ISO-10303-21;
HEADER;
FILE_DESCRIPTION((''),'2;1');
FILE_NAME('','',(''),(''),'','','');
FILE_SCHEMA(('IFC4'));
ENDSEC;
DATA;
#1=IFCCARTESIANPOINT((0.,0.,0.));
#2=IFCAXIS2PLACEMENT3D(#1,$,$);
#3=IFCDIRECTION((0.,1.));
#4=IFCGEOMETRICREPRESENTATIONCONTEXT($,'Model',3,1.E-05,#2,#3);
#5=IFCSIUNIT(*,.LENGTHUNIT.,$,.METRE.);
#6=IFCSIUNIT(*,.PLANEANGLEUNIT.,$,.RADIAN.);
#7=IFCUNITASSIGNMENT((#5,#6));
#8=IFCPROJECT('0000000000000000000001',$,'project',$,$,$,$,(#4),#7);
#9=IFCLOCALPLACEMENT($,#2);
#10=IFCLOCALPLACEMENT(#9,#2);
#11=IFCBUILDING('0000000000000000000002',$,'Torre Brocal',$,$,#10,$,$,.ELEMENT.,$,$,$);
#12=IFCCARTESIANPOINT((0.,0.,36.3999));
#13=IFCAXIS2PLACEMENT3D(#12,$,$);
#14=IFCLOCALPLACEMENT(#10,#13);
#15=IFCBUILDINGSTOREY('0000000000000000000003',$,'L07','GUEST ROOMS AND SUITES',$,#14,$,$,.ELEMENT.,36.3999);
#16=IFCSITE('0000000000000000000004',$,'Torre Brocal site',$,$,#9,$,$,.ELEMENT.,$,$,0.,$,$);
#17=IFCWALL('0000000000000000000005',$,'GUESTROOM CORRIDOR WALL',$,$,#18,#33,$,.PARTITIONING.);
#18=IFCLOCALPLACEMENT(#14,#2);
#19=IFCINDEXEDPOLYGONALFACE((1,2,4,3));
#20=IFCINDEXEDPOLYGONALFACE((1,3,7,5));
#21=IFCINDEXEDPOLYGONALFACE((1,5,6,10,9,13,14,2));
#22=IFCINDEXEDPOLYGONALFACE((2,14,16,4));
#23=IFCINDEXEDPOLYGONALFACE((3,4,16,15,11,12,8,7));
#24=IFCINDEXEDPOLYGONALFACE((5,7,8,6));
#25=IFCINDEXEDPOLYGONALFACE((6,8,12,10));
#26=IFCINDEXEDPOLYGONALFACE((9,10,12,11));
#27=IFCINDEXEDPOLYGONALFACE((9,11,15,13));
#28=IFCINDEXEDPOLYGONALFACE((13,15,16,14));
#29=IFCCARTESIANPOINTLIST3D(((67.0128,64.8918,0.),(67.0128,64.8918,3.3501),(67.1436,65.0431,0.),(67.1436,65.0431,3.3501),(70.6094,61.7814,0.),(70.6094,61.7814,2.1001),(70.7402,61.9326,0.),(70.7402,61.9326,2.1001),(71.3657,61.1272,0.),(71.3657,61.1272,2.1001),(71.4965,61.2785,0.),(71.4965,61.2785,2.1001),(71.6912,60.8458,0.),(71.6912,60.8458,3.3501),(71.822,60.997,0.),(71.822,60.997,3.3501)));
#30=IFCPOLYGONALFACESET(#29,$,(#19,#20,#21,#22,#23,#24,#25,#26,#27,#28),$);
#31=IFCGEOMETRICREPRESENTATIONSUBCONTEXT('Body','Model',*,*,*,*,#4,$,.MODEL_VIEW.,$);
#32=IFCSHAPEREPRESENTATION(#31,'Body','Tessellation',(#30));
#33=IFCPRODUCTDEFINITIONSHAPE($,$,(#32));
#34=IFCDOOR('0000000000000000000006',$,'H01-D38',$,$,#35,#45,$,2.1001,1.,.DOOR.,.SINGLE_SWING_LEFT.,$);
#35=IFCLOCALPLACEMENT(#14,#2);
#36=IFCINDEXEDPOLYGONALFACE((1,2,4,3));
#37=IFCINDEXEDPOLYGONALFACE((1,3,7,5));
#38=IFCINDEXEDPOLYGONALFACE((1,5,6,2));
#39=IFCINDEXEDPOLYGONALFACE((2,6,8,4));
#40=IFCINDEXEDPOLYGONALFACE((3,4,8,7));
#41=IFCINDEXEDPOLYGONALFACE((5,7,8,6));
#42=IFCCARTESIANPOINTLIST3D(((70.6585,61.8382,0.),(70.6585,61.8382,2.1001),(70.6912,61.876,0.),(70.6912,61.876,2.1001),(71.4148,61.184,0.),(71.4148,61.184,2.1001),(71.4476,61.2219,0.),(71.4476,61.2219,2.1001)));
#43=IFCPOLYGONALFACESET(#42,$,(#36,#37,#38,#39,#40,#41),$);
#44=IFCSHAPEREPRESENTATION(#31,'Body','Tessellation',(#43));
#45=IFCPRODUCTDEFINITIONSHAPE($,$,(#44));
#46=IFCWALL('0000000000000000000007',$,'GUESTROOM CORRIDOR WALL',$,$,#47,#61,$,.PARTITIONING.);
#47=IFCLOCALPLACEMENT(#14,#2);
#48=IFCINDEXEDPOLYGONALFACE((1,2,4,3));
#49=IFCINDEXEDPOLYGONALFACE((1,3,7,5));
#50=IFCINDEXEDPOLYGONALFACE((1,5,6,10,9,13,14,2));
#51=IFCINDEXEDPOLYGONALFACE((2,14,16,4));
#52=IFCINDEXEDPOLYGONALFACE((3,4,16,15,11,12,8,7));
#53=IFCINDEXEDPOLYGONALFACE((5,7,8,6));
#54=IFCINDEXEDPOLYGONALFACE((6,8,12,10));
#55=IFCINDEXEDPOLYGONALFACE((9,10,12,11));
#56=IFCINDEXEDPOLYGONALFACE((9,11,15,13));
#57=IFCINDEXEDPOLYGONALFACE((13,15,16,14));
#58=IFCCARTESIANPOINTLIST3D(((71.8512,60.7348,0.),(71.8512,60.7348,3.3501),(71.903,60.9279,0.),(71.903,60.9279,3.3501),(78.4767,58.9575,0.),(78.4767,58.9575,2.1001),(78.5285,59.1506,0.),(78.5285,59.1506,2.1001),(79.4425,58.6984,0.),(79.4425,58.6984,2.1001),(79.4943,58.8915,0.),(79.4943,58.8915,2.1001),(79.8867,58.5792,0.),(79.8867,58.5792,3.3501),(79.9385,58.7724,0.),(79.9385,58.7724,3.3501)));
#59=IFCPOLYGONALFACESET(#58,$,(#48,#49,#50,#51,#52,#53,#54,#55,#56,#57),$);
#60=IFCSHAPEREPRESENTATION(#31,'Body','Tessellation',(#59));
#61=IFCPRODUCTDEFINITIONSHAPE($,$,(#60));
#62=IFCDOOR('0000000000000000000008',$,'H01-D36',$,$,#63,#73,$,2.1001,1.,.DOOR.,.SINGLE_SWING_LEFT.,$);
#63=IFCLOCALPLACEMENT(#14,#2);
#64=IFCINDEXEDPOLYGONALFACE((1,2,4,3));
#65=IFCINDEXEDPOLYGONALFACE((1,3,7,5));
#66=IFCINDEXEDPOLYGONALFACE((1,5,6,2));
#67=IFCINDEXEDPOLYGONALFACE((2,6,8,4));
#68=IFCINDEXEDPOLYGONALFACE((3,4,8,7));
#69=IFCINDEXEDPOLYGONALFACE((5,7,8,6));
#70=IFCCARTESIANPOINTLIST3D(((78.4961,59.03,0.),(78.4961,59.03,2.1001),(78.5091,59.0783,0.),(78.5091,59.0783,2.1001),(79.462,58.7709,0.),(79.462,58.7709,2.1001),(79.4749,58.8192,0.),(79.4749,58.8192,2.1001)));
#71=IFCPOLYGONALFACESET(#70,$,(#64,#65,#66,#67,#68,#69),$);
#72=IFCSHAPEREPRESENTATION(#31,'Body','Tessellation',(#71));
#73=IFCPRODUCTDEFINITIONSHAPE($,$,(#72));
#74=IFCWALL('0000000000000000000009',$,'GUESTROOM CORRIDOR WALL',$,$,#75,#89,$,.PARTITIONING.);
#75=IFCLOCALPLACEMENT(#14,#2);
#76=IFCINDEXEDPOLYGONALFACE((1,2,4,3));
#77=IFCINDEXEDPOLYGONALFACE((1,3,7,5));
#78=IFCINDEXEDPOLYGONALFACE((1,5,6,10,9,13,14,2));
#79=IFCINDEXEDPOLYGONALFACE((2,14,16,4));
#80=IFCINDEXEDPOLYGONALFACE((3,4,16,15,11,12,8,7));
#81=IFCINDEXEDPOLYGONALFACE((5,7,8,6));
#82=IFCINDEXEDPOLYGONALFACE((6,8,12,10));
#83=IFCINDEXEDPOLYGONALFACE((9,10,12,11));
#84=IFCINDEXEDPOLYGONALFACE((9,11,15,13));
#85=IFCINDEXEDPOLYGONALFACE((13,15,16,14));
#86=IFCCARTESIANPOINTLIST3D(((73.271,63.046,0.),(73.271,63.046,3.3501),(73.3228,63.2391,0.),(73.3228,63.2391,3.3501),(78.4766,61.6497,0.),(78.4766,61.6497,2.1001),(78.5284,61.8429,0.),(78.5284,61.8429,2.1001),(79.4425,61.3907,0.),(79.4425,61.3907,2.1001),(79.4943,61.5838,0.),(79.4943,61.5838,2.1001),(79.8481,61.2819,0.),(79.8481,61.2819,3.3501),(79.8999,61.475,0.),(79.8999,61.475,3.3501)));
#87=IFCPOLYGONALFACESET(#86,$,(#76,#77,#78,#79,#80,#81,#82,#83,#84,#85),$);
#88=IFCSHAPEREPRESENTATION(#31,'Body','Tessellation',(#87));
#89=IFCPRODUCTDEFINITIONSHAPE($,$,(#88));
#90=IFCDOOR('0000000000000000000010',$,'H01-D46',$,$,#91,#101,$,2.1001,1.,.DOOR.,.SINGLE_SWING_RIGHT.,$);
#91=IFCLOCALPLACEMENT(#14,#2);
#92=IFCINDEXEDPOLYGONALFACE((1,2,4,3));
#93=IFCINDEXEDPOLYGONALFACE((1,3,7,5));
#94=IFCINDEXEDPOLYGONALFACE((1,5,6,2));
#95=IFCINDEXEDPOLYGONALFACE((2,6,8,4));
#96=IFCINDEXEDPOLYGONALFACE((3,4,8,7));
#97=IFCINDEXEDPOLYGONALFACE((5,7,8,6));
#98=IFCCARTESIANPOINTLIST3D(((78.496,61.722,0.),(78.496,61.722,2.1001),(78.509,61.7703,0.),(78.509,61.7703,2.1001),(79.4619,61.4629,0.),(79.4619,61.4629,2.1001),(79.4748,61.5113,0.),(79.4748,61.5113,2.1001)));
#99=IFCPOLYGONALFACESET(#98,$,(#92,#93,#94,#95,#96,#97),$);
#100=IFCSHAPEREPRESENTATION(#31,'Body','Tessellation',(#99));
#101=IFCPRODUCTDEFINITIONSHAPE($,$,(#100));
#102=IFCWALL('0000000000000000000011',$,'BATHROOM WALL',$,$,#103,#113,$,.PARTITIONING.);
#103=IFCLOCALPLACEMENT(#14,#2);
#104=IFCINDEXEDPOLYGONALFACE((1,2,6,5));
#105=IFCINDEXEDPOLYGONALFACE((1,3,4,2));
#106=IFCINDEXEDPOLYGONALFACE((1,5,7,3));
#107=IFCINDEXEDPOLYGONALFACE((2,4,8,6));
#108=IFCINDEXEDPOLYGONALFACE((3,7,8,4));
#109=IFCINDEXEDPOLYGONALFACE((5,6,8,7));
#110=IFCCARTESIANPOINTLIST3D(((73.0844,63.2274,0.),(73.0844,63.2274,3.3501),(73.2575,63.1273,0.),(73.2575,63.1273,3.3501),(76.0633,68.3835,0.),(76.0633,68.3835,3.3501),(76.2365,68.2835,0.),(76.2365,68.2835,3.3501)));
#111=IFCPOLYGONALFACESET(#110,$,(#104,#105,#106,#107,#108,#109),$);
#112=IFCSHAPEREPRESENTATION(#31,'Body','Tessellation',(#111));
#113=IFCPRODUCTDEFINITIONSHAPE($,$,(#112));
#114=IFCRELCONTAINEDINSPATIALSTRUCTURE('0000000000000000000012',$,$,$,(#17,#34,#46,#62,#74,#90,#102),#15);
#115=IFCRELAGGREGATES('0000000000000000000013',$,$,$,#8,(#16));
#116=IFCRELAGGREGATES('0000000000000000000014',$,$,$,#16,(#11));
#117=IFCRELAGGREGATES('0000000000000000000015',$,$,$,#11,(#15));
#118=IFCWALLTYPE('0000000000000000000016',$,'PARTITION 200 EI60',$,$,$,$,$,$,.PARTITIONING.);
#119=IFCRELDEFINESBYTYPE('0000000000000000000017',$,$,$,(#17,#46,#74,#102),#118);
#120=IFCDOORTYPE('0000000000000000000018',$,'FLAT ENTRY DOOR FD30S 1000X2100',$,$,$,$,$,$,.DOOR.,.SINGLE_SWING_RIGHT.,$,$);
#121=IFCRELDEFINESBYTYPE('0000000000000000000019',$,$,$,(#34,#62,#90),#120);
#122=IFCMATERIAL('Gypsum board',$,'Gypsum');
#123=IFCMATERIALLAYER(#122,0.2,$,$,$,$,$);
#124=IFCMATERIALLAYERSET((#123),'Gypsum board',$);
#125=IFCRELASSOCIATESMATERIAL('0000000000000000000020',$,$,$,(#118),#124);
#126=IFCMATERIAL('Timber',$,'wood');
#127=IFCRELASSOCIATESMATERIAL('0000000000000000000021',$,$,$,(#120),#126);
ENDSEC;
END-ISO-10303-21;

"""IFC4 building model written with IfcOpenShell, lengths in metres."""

from ifc_helpers import new_model, si_unit, direction, frame, frame_2d, origin, place, context, subcontext, project, spatial, rectangle, extrude, material, layer, layer_set, type_object, element, fill, save


model = new_model("IFC4")

# Units and contexts
model_context = context("Model", 3, precision=1e-05, world=origin(), true_north=direction((0.0, 1.0)))
body_context = subcontext(model_context, "Body", "Model", "MODEL_VIEW")
ifc_project = project(units=[si_unit("LENGTHUNIT", "METRE"), si_unit("PLANEANGLEUNIT", "RADIAN")], contexts=[model_context])

# Site, building, storey
site_placement = place(None, origin())
site = spatial("IfcSite", under=ifc_project, at=site_placement, Name="Torre Brocal site", CompositionType="ELEMENT", RefElevation=0.0)
building_placement = place(site_placement, origin())
building = spatial("IfcBuilding", under=site, at=building_placement, Name="Torre Brocal", CompositionType="ELEMENT")
storey_placement = place(building_placement, frame((0.0, 0.0, 36.3999)))
storey = spatial("IfcBuildingStorey", under=building, at=storey_placement, Name="L07", Description="GUEST ROOMS AND SUITES", CompositionType="ELEMENT", Elevation=36.3999)

# Walls, openings, doors
ifc_material_1 = material(Name="Gypsum board", Category="Gypsum")
ifc_layer_1 = layer(ifc_material_1, 0.2)
ifc_layer_set_1 = layer_set([ifc_layer_1], Name="Gypsum board")
wall_type_1 = type_object("IfcWallType", Name="PARTITION 200 EI60", PredefinedType="PARTITIONING", material=ifc_layer_set_1)
wall_1_placement = place(storey_placement, frame((67.0781, 64.9675, 0.0), z_axis=(0.0, 0.0, 1.0), x_axis=(0.756371, -0.654143, 0.0)))
wall_1 = element("IfcWall", 1, at=wall_1_placement, inside=storey, type_object=wall_type_1, Name="GUESTROOM CORRIDOR WALL", PredefinedType="PARTITIONING", context=body_context, shape_type="SweptSolid", body=[
    extrude(rectangle(XDim=6.1853, YDim=0.2, at=frame_2d((3.0928, 0.0))), origin(), (0.0, 0.0, 1.0), 3.3501),
])
opening_1_placement = place(wall_1_placement, frame((4.7551, 0.0, 0.0)))
opening_1 = element("IfcOpeningElement", 2, at=opening_1_placement, cuts=wall_1, PredefinedType="OPENING", context=body_context, shape_type="SweptSolid", body=[
    extrude(rectangle(XDim=1.0, YDim=2.1001, at=frame_2d((0.5, 1.05))), frame((0.0, 0.1099, 0.0), z_axis=(0.0, -1.0, 0.0), x_axis=(1.0, 0.0, 0.0)), (0.0, 0.0, 1.0), 0.22),
])
ifc_material_2 = material(Name="Timber", Category="wood")
door_type_1 = type_object("IfcDoorType", Name="FLAT ENTRY DOOR FD30S 1000X2100", OperationType="SINGLE_SWING_RIGHT", PredefinedType="DOOR", material=ifc_material_2)
door_1_placement = place(opening_1_placement, frame((1.0, 0.0, 0.0), z_axis=(0.0, 0.0, 1.0), x_axis=(-1.0, 0.0, 0.0)))
door_1 = element("IfcDoor", 3, at=door_1_placement, inside=storey, type_object=door_type_1, Name="H01-D38", OperationType="SINGLE_SWING_LEFT", OverallHeight=2.1001, OverallWidth=1.0, PredefinedType="DOOR", context=body_context, shape_type="SweptSolid", body=[
    extrude(rectangle(XDim=1.0, YDim=2.1001, at=frame_2d((0.5, 1.05))), frame((0.0, 0.0249, 0.0), z_axis=(0.0, -1.0, 0.0), x_axis=(1.0, 0.0, 0.0)), (0.0, 0.0, 1.0), 0.05),
])
fill(opening_1, door_1)
wall_2_placement = place(storey_placement, frame((71.8772, 60.8313, 0.0), z_axis=(0.0, 0.0, 1.0), x_axis=(0.965853, -0.259093, 0.0)))
wall_2 = element("IfcWall", 4, at=wall_2_placement, inside=storey, type_object=wall_type_1, Name="GUESTROOM CORRIDOR WALL", PredefinedType="PARTITIONING", context=body_context, shape_type="SweptSolid", body=[
    extrude(rectangle(XDim=8.3196, YDim=0.2, at=frame_2d((4.1597, 0.0))), origin(), (0.0, 0.0, 1.0), 3.3501),
])
opening_2_placement = place(wall_2_placement, frame((6.8596, 0.0, 0.0)))
opening_2 = element("IfcOpeningElement", 5, at=opening_2_placement, cuts=wall_2, PredefinedType="OPENING", context=body_context, shape_type="SweptSolid", body=[
    extrude(rectangle(XDim=1.0, YDim=2.1001, at=frame_2d((0.5, 1.05))), frame((0.0, 0.1099, 0.0), z_axis=(0.0, -1.0, 0.0), x_axis=(1.0, 0.0, 0.0)), (0.0, 0.0, 1.0), 0.22),
])
door_2_placement = place(opening_2_placement, frame((1.0, 0.0, 0.0), z_axis=(0.0, 0.0, 1.0), x_axis=(-1.0, 0.0, 0.0)))
door_2 = element("IfcDoor", 6, at=door_2_placement, inside=storey, type_object=door_type_1, Name="H01-D36", OperationType="SINGLE_SWING_LEFT", OverallHeight=2.1001, OverallWidth=1.0, PredefinedType="DOOR", context=body_context, shape_type="SweptSolid", body=[
    extrude(rectangle(XDim=1.0, YDim=2.1001, at=frame_2d((0.5, 1.05))), frame((0.0, 0.0249, 0.0), z_axis=(0.0, -1.0, 0.0), x_axis=(1.0, 0.0, 0.0)), (0.0, 0.0, 1.0), 0.05),
])
fill(opening_2, door_2)
wall_3_placement = place(storey_placement, frame((73.2969, 63.1426, 0.0), z_axis=(0.0, 0.0, 1.0), x_axis=(0.965859, -0.259068, 0.0)))
wall_3 = element("IfcWall", 7, at=wall_3_placement, inside=storey, type_object=wall_type_1, Name="GUESTROOM CORRIDOR WALL", PredefinedType="PARTITIONING", context=body_context, shape_type="SweptSolid", body=[
    extrude(rectangle(XDim=6.8096, YDim=0.2, at=frame_2d((3.4048, 0.0))), origin(), (0.0, 0.0, 1.0), 3.3501),
])
opening_3_placement = place(wall_3_placement, frame((5.3896, 0.0, 0.0)))
opening_3 = element("IfcOpeningElement", 8, at=opening_3_placement, cuts=wall_3, PredefinedType="OPENING", context=body_context, shape_type="SweptSolid", body=[
    extrude(rectangle(XDim=1.0, YDim=2.1001, at=frame_2d((0.5, 1.05))), frame((0.0, 0.1099, 0.0), z_axis=(0.0, -1.0, 0.0), x_axis=(1.0, 0.0, 0.0)), (0.0, 0.0, 1.0), 0.22),
])
door_3_placement = place(opening_3_placement, origin())
door_3 = element("IfcDoor", 9, at=door_3_placement, inside=storey, type_object=door_type_1, Name="H01-D46", OperationType="SINGLE_SWING_RIGHT", OverallHeight=2.1001, OverallWidth=1.0, PredefinedType="DOOR", context=body_context, shape_type="SweptSolid", body=[
    extrude(rectangle(XDim=1.0, YDim=2.1001, at=frame_2d((0.5, 1.05))), frame((0.0, 0.0249, 0.0), z_axis=(0.0, -1.0, 0.0), x_axis=(1.0, 0.0, 0.0)), (0.0, 0.0, 1.0), 0.05),
])
fill(opening_3, door_3)

# Wall
wall_4_placement = place(storey_placement, frame((73.1709, 63.1772, 0.0), z_axis=(0.0, 0.0, 1.0), x_axis=(0.500257, 0.865877, 0.0)))
element("IfcWall", 10, at=wall_4_placement, inside=storey, type_object=wall_type_1, Name="BATHROOM WALL", PredefinedType="PARTITIONING", context=body_context, shape_type="SweptSolid", body=[
    extrude(rectangle(XDim=5.9548, YDim=0.2, at=frame_2d((2.9775, 0.0))), origin(), (0.0, 0.0, 1.0), 3.3501),
])

save(model, "model.ifc")
